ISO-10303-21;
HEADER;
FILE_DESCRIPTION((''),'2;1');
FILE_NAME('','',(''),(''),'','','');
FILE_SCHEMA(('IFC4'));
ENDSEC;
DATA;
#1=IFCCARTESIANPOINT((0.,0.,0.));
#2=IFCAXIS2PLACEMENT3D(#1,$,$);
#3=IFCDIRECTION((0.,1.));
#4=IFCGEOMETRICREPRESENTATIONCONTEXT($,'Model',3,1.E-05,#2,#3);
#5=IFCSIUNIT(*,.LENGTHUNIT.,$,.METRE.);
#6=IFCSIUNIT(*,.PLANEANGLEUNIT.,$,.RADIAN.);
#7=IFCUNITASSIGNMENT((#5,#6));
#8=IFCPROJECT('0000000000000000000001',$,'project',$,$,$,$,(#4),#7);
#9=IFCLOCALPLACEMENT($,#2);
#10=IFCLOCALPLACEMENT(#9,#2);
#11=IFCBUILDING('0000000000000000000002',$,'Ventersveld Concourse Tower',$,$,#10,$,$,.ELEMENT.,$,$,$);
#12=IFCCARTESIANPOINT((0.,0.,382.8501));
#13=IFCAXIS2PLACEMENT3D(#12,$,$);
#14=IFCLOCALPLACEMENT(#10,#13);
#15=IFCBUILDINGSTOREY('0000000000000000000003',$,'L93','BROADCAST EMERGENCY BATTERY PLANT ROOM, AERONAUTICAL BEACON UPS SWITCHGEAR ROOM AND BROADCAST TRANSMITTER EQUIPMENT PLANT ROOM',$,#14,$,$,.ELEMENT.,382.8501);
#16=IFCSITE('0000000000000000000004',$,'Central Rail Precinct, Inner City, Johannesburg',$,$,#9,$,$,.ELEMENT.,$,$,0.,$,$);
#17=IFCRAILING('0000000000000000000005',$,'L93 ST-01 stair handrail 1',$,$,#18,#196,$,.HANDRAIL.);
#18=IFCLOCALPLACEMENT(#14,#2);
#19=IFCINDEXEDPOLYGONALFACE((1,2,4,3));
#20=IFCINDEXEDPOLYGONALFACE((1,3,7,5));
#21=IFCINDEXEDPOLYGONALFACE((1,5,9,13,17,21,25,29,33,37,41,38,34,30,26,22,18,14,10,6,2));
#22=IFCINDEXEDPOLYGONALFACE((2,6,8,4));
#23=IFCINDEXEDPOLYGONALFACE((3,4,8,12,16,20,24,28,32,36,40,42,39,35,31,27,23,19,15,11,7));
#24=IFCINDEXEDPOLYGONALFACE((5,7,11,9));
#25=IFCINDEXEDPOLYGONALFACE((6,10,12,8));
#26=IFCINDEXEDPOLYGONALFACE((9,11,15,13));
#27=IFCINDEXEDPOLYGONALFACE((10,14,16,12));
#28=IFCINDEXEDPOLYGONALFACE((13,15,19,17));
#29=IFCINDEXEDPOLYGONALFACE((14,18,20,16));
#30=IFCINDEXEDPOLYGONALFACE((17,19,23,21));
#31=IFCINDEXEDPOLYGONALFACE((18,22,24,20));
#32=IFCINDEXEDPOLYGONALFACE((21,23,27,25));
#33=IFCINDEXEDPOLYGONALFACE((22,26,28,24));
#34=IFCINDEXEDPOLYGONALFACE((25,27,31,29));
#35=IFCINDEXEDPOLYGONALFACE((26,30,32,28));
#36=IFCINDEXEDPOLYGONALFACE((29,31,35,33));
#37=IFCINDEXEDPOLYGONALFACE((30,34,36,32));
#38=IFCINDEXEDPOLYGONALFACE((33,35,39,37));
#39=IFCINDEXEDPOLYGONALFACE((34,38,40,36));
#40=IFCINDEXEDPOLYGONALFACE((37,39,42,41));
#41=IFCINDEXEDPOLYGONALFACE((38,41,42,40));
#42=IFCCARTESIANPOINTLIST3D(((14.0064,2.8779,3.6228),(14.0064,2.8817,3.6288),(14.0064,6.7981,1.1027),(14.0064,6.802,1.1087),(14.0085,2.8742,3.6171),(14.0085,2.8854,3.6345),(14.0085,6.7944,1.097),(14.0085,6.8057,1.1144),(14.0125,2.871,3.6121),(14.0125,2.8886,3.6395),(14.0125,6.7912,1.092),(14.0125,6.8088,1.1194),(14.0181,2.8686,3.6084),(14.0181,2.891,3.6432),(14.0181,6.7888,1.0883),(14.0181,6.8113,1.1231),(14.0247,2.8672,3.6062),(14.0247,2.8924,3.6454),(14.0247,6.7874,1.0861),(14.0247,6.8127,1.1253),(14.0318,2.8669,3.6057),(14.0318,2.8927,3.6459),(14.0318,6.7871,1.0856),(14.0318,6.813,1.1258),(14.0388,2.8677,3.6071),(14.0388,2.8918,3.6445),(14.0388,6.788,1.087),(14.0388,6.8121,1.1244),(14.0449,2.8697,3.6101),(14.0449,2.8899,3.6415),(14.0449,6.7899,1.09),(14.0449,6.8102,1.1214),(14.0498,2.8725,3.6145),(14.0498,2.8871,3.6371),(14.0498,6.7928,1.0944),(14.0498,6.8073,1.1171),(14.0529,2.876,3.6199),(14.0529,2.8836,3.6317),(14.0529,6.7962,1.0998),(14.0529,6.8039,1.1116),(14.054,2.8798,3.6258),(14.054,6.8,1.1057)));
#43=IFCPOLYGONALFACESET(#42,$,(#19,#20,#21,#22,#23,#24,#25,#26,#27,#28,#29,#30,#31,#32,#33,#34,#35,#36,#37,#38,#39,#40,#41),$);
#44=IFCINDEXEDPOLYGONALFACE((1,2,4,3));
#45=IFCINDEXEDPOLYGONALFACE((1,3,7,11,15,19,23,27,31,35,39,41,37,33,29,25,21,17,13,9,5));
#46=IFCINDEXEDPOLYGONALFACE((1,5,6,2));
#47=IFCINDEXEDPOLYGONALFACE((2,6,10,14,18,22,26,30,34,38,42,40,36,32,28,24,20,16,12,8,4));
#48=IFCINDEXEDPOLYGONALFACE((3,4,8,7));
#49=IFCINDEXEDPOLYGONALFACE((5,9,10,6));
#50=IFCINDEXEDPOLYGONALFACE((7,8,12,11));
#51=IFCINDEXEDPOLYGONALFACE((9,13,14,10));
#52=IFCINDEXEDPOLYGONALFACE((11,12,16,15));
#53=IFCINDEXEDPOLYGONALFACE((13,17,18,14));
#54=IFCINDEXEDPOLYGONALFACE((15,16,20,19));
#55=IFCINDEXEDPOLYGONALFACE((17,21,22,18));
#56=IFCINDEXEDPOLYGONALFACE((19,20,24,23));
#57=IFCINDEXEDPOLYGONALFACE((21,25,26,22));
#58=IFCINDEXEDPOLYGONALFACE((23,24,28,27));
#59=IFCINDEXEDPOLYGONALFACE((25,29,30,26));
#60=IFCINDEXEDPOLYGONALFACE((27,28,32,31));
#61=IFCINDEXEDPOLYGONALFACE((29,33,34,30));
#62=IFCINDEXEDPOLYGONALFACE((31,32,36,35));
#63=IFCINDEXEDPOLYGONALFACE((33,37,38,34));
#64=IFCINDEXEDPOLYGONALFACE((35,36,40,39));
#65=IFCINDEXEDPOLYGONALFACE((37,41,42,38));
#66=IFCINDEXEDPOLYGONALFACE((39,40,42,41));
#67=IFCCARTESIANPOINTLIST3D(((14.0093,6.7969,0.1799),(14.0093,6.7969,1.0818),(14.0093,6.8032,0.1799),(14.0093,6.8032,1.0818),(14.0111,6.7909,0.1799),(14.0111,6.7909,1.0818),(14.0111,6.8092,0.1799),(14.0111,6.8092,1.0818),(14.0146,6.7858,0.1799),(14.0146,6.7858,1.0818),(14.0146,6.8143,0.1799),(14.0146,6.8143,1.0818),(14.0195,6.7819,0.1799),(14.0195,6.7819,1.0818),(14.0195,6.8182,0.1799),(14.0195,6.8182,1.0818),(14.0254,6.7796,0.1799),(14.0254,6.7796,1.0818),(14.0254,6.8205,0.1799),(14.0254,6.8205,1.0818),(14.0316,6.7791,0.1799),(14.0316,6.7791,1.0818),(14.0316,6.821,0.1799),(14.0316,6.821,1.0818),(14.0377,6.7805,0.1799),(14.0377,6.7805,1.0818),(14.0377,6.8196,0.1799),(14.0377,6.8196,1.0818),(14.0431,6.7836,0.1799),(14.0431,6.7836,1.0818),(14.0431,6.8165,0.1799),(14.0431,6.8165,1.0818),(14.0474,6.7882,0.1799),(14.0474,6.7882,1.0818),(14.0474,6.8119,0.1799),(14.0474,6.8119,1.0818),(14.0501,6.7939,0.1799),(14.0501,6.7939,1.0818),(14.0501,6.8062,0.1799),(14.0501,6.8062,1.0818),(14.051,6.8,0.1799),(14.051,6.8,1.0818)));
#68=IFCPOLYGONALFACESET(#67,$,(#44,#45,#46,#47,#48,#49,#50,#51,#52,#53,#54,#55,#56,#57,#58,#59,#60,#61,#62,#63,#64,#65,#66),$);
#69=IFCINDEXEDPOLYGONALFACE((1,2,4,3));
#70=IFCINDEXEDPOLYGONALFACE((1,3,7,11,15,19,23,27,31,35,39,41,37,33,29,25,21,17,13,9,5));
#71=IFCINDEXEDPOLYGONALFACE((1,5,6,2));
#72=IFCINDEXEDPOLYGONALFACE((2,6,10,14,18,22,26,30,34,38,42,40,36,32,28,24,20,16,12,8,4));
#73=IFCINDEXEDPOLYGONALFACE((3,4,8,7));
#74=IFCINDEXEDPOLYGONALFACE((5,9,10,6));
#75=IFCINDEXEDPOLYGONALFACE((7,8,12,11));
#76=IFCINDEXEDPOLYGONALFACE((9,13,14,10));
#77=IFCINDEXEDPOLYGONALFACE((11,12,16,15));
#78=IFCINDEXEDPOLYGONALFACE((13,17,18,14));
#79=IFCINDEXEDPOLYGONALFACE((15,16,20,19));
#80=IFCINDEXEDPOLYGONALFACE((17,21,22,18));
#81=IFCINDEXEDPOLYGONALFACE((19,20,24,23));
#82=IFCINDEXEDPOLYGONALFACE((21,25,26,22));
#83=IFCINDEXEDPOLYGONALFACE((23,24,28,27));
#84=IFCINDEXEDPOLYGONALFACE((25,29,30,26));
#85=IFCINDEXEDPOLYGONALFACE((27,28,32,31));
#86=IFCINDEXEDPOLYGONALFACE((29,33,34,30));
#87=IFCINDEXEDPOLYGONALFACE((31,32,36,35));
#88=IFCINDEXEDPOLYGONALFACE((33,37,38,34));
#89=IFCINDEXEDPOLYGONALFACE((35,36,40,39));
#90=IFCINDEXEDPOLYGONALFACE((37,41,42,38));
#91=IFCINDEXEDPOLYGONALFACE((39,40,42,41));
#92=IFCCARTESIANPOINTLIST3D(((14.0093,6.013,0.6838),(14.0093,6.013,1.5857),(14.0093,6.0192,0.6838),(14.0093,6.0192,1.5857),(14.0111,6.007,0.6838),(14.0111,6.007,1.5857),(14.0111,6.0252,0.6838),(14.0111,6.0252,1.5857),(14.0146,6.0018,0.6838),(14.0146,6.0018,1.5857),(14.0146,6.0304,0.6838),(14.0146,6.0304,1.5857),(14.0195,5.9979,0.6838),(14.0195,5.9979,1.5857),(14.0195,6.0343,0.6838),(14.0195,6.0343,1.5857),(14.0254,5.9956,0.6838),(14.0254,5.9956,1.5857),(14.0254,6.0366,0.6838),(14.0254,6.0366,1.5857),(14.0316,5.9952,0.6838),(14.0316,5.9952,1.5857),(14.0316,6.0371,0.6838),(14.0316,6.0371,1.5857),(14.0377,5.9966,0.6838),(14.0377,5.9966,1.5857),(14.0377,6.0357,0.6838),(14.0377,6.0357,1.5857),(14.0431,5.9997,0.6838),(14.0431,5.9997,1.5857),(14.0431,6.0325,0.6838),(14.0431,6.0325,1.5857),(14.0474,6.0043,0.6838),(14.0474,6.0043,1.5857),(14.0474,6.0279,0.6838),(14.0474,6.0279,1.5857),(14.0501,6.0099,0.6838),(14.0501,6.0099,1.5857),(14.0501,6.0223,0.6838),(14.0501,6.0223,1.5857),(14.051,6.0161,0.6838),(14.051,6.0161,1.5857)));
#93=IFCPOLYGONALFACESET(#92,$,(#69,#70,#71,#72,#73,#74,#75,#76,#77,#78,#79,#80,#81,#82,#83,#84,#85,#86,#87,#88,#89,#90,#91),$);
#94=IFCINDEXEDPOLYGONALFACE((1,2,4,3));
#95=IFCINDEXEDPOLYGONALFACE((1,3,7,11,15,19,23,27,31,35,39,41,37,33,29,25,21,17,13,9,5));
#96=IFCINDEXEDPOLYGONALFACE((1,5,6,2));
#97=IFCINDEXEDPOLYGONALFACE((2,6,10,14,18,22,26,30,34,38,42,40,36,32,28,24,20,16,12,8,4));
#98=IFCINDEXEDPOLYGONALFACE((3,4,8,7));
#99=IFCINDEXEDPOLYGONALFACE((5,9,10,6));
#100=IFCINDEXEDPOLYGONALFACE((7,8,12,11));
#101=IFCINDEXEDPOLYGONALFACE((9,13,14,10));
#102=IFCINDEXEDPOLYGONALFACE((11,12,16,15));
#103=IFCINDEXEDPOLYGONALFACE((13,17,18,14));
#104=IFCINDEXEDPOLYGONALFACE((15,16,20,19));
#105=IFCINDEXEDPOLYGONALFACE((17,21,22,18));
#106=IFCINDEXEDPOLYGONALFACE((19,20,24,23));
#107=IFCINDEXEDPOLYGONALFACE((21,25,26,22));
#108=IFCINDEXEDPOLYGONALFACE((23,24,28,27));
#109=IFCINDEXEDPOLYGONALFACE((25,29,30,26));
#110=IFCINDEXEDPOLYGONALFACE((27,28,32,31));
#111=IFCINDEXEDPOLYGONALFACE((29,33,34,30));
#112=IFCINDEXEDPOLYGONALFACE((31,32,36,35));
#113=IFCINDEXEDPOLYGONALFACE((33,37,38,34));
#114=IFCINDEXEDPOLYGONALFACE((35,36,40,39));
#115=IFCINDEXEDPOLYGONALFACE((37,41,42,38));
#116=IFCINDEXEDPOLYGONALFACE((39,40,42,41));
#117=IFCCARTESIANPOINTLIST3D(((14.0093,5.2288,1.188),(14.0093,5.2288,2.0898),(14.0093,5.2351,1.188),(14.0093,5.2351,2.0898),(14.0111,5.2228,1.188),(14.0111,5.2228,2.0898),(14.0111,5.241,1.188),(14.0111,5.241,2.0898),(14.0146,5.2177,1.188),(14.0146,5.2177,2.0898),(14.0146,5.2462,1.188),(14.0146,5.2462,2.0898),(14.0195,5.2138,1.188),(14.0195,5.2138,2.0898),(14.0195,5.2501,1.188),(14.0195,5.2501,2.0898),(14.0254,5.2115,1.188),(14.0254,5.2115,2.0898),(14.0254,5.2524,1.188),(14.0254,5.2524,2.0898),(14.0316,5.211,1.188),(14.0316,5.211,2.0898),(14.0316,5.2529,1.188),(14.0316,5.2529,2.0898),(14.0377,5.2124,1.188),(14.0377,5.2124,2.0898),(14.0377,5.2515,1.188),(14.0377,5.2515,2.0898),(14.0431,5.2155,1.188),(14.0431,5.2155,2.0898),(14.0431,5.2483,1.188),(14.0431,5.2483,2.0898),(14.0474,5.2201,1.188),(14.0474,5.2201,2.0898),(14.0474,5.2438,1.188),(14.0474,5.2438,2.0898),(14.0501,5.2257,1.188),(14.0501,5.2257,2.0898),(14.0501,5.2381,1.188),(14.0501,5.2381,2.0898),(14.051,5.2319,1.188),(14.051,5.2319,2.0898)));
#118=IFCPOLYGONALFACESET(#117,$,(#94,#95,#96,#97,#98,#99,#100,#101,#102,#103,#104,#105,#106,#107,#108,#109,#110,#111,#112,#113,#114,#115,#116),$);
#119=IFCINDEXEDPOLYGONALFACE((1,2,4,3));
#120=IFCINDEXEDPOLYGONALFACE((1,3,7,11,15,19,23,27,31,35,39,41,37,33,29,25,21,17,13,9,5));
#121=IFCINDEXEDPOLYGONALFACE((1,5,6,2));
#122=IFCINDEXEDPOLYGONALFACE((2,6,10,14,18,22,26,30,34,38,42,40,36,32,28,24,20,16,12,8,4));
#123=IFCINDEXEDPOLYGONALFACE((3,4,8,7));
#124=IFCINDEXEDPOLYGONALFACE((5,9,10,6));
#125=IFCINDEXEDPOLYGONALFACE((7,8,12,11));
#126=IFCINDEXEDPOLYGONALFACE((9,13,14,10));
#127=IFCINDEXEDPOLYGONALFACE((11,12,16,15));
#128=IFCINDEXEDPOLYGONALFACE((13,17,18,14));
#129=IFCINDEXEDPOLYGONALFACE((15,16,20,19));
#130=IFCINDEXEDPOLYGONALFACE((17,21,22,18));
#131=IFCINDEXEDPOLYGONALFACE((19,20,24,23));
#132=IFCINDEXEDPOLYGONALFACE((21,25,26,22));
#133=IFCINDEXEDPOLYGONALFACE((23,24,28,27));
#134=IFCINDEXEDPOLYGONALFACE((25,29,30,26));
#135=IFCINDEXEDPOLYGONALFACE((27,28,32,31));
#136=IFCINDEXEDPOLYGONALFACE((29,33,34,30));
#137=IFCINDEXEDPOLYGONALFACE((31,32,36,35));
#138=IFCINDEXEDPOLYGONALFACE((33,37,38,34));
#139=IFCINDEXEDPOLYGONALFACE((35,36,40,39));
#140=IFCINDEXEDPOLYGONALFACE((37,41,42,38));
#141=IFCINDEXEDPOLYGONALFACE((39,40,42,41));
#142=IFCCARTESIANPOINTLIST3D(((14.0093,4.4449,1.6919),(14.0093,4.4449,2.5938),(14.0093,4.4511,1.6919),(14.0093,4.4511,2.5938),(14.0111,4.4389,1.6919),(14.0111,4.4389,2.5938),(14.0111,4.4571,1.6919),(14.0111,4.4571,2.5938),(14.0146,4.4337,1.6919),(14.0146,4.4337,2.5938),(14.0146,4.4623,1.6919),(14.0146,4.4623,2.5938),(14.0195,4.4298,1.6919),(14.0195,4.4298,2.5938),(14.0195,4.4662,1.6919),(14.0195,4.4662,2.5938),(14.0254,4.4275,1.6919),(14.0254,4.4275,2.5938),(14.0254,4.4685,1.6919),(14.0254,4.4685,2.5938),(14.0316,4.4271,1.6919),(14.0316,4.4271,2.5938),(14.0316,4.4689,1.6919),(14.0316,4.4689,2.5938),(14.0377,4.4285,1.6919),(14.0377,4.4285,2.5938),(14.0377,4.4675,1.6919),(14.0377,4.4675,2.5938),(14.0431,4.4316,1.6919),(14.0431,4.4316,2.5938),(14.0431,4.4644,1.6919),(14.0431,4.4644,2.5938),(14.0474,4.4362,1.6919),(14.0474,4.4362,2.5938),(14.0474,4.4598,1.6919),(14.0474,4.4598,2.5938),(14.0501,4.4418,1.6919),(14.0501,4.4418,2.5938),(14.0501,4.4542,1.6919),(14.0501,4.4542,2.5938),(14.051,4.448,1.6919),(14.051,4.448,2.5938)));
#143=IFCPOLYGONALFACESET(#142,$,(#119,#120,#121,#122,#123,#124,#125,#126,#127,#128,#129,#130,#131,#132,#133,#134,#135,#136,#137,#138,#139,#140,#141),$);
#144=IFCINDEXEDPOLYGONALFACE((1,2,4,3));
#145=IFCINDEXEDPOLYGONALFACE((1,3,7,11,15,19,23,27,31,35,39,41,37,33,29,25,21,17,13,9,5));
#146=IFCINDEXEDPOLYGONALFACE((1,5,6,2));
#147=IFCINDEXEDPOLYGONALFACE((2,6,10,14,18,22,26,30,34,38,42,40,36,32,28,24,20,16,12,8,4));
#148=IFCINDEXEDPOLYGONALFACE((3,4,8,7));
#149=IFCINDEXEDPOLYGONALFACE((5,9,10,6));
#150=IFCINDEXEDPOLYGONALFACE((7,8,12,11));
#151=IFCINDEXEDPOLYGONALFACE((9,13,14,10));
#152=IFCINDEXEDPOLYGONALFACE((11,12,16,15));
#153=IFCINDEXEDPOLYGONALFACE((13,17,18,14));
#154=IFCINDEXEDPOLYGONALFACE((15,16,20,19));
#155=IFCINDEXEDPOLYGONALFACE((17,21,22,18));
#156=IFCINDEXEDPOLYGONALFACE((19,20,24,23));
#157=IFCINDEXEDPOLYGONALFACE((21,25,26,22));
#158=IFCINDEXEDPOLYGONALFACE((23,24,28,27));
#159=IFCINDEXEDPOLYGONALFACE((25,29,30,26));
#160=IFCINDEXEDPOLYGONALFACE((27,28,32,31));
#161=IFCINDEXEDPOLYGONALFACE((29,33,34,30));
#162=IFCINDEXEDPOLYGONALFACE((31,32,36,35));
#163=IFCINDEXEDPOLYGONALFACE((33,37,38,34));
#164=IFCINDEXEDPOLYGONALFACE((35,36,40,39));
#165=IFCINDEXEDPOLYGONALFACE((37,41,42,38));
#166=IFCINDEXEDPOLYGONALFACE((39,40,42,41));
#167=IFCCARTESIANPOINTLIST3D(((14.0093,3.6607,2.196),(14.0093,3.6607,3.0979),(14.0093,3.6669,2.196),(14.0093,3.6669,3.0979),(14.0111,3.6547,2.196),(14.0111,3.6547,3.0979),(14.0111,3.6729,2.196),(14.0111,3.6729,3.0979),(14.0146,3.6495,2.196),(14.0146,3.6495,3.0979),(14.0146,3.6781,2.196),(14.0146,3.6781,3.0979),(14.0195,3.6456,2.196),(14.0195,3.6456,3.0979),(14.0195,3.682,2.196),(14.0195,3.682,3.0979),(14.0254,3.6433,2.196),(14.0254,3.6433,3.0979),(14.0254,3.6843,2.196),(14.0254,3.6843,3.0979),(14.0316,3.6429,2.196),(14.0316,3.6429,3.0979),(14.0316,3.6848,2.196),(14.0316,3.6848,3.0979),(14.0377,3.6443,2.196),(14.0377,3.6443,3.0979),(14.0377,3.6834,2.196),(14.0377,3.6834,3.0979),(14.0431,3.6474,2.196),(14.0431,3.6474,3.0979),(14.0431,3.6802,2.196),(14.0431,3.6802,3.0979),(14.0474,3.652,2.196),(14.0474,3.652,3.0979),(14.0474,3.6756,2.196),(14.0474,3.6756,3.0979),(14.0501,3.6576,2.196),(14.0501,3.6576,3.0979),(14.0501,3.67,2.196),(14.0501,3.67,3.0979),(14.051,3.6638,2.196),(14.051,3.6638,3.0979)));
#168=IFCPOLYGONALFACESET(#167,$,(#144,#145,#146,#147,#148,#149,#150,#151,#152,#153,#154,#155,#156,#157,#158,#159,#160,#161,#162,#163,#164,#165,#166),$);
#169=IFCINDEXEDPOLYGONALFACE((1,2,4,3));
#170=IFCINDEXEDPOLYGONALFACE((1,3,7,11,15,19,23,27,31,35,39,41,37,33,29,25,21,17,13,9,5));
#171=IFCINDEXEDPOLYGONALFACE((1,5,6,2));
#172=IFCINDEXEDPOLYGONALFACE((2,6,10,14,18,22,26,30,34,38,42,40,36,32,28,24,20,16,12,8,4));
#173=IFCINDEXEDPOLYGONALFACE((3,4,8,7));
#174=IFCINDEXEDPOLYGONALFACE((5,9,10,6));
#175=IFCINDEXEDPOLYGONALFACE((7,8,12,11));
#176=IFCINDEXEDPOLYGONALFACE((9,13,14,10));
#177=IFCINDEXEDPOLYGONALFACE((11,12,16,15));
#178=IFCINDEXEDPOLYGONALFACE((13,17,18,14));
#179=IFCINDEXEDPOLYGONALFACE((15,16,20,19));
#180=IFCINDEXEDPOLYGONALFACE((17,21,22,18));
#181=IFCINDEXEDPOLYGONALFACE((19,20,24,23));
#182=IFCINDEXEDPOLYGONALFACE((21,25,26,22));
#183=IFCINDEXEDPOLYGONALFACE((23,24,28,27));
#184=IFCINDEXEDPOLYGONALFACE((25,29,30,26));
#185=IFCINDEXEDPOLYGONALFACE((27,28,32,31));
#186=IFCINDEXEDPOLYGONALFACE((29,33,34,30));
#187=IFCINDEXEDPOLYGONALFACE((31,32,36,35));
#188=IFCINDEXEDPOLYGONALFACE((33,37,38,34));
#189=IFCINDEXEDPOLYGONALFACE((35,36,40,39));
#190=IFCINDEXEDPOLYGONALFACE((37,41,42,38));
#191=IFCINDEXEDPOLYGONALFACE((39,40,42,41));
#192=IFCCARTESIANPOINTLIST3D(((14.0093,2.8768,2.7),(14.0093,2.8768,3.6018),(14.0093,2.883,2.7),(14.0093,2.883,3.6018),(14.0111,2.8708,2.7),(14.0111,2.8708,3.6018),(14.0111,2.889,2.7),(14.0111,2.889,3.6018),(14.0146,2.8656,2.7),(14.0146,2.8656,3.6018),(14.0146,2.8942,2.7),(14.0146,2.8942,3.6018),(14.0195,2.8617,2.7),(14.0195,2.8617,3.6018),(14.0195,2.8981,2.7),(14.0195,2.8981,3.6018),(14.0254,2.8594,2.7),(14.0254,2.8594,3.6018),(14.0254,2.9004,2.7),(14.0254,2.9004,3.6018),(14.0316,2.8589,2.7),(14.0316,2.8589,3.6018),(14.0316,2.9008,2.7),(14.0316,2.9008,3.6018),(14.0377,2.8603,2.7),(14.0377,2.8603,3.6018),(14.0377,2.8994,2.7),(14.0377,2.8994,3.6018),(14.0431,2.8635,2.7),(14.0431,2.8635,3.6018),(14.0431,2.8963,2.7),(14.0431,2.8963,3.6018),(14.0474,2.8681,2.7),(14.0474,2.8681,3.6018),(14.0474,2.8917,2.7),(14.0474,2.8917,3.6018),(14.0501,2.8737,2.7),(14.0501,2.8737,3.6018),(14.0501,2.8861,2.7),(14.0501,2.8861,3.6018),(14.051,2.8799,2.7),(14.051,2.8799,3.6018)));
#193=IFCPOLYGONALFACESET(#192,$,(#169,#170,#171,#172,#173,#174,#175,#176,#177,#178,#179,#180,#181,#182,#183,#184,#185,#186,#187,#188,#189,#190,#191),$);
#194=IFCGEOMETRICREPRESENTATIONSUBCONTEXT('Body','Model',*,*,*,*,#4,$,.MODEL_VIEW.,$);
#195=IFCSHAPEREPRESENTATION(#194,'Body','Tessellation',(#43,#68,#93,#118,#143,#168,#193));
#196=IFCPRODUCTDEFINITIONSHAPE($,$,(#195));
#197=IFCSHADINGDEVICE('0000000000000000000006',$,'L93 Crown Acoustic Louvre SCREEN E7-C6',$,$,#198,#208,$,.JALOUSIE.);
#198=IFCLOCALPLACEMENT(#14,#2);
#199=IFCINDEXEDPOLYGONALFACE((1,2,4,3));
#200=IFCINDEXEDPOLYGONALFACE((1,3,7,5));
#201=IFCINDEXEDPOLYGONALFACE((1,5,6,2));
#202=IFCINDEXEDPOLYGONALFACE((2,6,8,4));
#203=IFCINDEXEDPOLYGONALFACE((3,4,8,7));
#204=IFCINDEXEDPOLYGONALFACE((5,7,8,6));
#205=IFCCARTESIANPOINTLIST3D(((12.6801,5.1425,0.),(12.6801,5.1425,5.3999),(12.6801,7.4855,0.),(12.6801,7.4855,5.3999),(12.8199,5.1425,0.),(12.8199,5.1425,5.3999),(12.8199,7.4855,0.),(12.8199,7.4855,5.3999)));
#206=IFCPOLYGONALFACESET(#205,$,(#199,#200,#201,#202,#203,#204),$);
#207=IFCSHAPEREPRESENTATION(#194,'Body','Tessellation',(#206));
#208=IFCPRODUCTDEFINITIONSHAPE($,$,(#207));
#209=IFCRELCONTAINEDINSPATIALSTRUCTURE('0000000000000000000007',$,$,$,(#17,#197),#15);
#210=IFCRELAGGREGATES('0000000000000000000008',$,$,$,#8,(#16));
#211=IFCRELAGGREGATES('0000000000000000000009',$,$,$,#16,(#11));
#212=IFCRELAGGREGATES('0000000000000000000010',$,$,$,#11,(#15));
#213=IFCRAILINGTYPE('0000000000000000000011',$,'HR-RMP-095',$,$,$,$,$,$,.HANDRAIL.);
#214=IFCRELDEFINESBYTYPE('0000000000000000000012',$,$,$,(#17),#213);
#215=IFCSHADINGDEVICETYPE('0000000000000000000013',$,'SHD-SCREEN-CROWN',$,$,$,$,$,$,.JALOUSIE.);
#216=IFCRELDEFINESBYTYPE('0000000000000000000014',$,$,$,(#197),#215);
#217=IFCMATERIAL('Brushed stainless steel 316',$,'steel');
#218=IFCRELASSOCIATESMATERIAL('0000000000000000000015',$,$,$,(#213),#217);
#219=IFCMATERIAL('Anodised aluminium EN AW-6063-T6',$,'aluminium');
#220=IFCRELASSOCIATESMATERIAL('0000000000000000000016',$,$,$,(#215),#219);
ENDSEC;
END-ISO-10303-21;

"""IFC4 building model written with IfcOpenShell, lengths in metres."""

from ifc_helpers import new_model, si_unit, direction, frame, origin, origin_2d, place, context, subcontext, project, spatial, rectangle, circle, extrude, material, type_object, element, save


model = new_model("IFC4")

# Units and contexts
model_context = context("Model", 3, precision=1e-05, world=origin(), true_north=direction((0.0, 1.0)))
body_context = subcontext(model_context, "Body", "Model", "MODEL_VIEW")
ifc_project = project(units=[si_unit("LENGTHUNIT", "METRE"), si_unit("PLANEANGLEUNIT", "RADIAN")], contexts=[model_context])

# Site, building, storey
site_placement = place(None, origin())
site = spatial("IfcSite", under=ifc_project, at=site_placement, Name="Central Rail Precinct, Inner City, Johannesburg", CompositionType="ELEMENT", RefElevation=0.0)
building_placement = place(site_placement, origin())
building = spatial("IfcBuilding", under=site, at=building_placement, Name="Ventersveld Concourse Tower", CompositionType="ELEMENT")
storey_placement = place(building_placement, frame((0.0, 0.0, 382.8501)))
storey = spatial("IfcBuildingStorey", under=building, at=storey_placement, Name="L93", Description="BROADCAST EMERGENCY BATTERY PLANT ROOM, AERONAUTICAL BEACON UPS SWITCHGEAR ROOM AND BROADCAST TRANSMITTER EQUIPMENT PLANT ROOM", CompositionType="ELEMENT", Elevation=382.8501)

# Railing
ifc_material_1 = material(Name="Brushed stainless steel 316", Category="steel")
railing_type_1 = type_object("IfcRailingType", Name="HR-RMP-095", PredefinedType="HANDRAIL", material=ifc_material_1)
railing_1_placement = place(storey_placement, frame((14.03, 6.8, 0.1799)))
element("IfcRailing", 1, at=railing_1_placement, inside=storey, type_object=railing_type_1, Name="L93 ST-01 stair handrail 1", PredefinedType="HANDRAIL", context=body_context, shape_type="SweptSolid", body=[
    extrude(circle(Radius=0.0239, at=origin_2d()), frame((0.0, 0.0, 0.9258), z_axis=(0.0, -0.841187, 0.540744), x_axis=(1.0, 0.0, 0.0)), (0.0, 0.0, 1.0), 4.6604),
    extrude(circle(Radius=0.021, at=origin_2d()), origin(), (0.0, 0.0, 1.0), 0.9019),
    extrude(circle(Radius=0.021, at=origin_2d()), frame((0.0, -0.7839, 0.5039)), (0.0, 0.0, 1.0), 0.9019),
    extrude(circle(Radius=0.021, at=origin_2d()), frame((0.0, -1.5681, 1.0081)), (0.0, 0.0, 1.0), 0.9019),
    extrude(circle(Radius=0.021, at=origin_2d()), frame((0.0, -2.3521, 1.512)), (0.0, 0.0, 1.0), 0.9019),
    extrude(circle(Radius=0.021, at=origin_2d()), frame((0.0, -3.1362, 2.0161)), (0.0, 0.0, 1.0), 0.9019),
    extrude(circle(Radius=0.021, at=origin_2d()), frame((0.0, -3.9202, 2.52)), (0.0, 0.0, 1.0), 0.9019),
])

# Shading device
ifc_material_2 = material(Name="Anodised aluminium EN AW-6063-T6", Category="aluminium")
shading_device_type = type_object("IfcShadingDeviceType", Name="SHD-SCREEN-CROWN", PredefinedType="JALOUSIE", material=ifc_material_2)
for number, where, z_axis, x_axis, name in (
    (2, (12.75, 6.314, 0.0), (0.0, 0.0, 1.0), (0.0, -1.0, 0.0), "L93 Crown Acoustic Louvre SCREEN E7-C6"),
):
    element("IfcShadingDevice", number, at=place(storey_placement, frame(where, z_axis=z_axis, x_axis=x_axis)), inside=storey, type_object=shading_device_type, Name=name, PredefinedType="JALOUSIE", context=body_context, shape_type="SweptSolid", body=[
        extrude(rectangle(XDim=2.343, YDim=0.1399, at=origin_2d()), origin(), (0.0, 0.0, 1.0), 5.3999),
    ])

save(model, "model.ifc")
